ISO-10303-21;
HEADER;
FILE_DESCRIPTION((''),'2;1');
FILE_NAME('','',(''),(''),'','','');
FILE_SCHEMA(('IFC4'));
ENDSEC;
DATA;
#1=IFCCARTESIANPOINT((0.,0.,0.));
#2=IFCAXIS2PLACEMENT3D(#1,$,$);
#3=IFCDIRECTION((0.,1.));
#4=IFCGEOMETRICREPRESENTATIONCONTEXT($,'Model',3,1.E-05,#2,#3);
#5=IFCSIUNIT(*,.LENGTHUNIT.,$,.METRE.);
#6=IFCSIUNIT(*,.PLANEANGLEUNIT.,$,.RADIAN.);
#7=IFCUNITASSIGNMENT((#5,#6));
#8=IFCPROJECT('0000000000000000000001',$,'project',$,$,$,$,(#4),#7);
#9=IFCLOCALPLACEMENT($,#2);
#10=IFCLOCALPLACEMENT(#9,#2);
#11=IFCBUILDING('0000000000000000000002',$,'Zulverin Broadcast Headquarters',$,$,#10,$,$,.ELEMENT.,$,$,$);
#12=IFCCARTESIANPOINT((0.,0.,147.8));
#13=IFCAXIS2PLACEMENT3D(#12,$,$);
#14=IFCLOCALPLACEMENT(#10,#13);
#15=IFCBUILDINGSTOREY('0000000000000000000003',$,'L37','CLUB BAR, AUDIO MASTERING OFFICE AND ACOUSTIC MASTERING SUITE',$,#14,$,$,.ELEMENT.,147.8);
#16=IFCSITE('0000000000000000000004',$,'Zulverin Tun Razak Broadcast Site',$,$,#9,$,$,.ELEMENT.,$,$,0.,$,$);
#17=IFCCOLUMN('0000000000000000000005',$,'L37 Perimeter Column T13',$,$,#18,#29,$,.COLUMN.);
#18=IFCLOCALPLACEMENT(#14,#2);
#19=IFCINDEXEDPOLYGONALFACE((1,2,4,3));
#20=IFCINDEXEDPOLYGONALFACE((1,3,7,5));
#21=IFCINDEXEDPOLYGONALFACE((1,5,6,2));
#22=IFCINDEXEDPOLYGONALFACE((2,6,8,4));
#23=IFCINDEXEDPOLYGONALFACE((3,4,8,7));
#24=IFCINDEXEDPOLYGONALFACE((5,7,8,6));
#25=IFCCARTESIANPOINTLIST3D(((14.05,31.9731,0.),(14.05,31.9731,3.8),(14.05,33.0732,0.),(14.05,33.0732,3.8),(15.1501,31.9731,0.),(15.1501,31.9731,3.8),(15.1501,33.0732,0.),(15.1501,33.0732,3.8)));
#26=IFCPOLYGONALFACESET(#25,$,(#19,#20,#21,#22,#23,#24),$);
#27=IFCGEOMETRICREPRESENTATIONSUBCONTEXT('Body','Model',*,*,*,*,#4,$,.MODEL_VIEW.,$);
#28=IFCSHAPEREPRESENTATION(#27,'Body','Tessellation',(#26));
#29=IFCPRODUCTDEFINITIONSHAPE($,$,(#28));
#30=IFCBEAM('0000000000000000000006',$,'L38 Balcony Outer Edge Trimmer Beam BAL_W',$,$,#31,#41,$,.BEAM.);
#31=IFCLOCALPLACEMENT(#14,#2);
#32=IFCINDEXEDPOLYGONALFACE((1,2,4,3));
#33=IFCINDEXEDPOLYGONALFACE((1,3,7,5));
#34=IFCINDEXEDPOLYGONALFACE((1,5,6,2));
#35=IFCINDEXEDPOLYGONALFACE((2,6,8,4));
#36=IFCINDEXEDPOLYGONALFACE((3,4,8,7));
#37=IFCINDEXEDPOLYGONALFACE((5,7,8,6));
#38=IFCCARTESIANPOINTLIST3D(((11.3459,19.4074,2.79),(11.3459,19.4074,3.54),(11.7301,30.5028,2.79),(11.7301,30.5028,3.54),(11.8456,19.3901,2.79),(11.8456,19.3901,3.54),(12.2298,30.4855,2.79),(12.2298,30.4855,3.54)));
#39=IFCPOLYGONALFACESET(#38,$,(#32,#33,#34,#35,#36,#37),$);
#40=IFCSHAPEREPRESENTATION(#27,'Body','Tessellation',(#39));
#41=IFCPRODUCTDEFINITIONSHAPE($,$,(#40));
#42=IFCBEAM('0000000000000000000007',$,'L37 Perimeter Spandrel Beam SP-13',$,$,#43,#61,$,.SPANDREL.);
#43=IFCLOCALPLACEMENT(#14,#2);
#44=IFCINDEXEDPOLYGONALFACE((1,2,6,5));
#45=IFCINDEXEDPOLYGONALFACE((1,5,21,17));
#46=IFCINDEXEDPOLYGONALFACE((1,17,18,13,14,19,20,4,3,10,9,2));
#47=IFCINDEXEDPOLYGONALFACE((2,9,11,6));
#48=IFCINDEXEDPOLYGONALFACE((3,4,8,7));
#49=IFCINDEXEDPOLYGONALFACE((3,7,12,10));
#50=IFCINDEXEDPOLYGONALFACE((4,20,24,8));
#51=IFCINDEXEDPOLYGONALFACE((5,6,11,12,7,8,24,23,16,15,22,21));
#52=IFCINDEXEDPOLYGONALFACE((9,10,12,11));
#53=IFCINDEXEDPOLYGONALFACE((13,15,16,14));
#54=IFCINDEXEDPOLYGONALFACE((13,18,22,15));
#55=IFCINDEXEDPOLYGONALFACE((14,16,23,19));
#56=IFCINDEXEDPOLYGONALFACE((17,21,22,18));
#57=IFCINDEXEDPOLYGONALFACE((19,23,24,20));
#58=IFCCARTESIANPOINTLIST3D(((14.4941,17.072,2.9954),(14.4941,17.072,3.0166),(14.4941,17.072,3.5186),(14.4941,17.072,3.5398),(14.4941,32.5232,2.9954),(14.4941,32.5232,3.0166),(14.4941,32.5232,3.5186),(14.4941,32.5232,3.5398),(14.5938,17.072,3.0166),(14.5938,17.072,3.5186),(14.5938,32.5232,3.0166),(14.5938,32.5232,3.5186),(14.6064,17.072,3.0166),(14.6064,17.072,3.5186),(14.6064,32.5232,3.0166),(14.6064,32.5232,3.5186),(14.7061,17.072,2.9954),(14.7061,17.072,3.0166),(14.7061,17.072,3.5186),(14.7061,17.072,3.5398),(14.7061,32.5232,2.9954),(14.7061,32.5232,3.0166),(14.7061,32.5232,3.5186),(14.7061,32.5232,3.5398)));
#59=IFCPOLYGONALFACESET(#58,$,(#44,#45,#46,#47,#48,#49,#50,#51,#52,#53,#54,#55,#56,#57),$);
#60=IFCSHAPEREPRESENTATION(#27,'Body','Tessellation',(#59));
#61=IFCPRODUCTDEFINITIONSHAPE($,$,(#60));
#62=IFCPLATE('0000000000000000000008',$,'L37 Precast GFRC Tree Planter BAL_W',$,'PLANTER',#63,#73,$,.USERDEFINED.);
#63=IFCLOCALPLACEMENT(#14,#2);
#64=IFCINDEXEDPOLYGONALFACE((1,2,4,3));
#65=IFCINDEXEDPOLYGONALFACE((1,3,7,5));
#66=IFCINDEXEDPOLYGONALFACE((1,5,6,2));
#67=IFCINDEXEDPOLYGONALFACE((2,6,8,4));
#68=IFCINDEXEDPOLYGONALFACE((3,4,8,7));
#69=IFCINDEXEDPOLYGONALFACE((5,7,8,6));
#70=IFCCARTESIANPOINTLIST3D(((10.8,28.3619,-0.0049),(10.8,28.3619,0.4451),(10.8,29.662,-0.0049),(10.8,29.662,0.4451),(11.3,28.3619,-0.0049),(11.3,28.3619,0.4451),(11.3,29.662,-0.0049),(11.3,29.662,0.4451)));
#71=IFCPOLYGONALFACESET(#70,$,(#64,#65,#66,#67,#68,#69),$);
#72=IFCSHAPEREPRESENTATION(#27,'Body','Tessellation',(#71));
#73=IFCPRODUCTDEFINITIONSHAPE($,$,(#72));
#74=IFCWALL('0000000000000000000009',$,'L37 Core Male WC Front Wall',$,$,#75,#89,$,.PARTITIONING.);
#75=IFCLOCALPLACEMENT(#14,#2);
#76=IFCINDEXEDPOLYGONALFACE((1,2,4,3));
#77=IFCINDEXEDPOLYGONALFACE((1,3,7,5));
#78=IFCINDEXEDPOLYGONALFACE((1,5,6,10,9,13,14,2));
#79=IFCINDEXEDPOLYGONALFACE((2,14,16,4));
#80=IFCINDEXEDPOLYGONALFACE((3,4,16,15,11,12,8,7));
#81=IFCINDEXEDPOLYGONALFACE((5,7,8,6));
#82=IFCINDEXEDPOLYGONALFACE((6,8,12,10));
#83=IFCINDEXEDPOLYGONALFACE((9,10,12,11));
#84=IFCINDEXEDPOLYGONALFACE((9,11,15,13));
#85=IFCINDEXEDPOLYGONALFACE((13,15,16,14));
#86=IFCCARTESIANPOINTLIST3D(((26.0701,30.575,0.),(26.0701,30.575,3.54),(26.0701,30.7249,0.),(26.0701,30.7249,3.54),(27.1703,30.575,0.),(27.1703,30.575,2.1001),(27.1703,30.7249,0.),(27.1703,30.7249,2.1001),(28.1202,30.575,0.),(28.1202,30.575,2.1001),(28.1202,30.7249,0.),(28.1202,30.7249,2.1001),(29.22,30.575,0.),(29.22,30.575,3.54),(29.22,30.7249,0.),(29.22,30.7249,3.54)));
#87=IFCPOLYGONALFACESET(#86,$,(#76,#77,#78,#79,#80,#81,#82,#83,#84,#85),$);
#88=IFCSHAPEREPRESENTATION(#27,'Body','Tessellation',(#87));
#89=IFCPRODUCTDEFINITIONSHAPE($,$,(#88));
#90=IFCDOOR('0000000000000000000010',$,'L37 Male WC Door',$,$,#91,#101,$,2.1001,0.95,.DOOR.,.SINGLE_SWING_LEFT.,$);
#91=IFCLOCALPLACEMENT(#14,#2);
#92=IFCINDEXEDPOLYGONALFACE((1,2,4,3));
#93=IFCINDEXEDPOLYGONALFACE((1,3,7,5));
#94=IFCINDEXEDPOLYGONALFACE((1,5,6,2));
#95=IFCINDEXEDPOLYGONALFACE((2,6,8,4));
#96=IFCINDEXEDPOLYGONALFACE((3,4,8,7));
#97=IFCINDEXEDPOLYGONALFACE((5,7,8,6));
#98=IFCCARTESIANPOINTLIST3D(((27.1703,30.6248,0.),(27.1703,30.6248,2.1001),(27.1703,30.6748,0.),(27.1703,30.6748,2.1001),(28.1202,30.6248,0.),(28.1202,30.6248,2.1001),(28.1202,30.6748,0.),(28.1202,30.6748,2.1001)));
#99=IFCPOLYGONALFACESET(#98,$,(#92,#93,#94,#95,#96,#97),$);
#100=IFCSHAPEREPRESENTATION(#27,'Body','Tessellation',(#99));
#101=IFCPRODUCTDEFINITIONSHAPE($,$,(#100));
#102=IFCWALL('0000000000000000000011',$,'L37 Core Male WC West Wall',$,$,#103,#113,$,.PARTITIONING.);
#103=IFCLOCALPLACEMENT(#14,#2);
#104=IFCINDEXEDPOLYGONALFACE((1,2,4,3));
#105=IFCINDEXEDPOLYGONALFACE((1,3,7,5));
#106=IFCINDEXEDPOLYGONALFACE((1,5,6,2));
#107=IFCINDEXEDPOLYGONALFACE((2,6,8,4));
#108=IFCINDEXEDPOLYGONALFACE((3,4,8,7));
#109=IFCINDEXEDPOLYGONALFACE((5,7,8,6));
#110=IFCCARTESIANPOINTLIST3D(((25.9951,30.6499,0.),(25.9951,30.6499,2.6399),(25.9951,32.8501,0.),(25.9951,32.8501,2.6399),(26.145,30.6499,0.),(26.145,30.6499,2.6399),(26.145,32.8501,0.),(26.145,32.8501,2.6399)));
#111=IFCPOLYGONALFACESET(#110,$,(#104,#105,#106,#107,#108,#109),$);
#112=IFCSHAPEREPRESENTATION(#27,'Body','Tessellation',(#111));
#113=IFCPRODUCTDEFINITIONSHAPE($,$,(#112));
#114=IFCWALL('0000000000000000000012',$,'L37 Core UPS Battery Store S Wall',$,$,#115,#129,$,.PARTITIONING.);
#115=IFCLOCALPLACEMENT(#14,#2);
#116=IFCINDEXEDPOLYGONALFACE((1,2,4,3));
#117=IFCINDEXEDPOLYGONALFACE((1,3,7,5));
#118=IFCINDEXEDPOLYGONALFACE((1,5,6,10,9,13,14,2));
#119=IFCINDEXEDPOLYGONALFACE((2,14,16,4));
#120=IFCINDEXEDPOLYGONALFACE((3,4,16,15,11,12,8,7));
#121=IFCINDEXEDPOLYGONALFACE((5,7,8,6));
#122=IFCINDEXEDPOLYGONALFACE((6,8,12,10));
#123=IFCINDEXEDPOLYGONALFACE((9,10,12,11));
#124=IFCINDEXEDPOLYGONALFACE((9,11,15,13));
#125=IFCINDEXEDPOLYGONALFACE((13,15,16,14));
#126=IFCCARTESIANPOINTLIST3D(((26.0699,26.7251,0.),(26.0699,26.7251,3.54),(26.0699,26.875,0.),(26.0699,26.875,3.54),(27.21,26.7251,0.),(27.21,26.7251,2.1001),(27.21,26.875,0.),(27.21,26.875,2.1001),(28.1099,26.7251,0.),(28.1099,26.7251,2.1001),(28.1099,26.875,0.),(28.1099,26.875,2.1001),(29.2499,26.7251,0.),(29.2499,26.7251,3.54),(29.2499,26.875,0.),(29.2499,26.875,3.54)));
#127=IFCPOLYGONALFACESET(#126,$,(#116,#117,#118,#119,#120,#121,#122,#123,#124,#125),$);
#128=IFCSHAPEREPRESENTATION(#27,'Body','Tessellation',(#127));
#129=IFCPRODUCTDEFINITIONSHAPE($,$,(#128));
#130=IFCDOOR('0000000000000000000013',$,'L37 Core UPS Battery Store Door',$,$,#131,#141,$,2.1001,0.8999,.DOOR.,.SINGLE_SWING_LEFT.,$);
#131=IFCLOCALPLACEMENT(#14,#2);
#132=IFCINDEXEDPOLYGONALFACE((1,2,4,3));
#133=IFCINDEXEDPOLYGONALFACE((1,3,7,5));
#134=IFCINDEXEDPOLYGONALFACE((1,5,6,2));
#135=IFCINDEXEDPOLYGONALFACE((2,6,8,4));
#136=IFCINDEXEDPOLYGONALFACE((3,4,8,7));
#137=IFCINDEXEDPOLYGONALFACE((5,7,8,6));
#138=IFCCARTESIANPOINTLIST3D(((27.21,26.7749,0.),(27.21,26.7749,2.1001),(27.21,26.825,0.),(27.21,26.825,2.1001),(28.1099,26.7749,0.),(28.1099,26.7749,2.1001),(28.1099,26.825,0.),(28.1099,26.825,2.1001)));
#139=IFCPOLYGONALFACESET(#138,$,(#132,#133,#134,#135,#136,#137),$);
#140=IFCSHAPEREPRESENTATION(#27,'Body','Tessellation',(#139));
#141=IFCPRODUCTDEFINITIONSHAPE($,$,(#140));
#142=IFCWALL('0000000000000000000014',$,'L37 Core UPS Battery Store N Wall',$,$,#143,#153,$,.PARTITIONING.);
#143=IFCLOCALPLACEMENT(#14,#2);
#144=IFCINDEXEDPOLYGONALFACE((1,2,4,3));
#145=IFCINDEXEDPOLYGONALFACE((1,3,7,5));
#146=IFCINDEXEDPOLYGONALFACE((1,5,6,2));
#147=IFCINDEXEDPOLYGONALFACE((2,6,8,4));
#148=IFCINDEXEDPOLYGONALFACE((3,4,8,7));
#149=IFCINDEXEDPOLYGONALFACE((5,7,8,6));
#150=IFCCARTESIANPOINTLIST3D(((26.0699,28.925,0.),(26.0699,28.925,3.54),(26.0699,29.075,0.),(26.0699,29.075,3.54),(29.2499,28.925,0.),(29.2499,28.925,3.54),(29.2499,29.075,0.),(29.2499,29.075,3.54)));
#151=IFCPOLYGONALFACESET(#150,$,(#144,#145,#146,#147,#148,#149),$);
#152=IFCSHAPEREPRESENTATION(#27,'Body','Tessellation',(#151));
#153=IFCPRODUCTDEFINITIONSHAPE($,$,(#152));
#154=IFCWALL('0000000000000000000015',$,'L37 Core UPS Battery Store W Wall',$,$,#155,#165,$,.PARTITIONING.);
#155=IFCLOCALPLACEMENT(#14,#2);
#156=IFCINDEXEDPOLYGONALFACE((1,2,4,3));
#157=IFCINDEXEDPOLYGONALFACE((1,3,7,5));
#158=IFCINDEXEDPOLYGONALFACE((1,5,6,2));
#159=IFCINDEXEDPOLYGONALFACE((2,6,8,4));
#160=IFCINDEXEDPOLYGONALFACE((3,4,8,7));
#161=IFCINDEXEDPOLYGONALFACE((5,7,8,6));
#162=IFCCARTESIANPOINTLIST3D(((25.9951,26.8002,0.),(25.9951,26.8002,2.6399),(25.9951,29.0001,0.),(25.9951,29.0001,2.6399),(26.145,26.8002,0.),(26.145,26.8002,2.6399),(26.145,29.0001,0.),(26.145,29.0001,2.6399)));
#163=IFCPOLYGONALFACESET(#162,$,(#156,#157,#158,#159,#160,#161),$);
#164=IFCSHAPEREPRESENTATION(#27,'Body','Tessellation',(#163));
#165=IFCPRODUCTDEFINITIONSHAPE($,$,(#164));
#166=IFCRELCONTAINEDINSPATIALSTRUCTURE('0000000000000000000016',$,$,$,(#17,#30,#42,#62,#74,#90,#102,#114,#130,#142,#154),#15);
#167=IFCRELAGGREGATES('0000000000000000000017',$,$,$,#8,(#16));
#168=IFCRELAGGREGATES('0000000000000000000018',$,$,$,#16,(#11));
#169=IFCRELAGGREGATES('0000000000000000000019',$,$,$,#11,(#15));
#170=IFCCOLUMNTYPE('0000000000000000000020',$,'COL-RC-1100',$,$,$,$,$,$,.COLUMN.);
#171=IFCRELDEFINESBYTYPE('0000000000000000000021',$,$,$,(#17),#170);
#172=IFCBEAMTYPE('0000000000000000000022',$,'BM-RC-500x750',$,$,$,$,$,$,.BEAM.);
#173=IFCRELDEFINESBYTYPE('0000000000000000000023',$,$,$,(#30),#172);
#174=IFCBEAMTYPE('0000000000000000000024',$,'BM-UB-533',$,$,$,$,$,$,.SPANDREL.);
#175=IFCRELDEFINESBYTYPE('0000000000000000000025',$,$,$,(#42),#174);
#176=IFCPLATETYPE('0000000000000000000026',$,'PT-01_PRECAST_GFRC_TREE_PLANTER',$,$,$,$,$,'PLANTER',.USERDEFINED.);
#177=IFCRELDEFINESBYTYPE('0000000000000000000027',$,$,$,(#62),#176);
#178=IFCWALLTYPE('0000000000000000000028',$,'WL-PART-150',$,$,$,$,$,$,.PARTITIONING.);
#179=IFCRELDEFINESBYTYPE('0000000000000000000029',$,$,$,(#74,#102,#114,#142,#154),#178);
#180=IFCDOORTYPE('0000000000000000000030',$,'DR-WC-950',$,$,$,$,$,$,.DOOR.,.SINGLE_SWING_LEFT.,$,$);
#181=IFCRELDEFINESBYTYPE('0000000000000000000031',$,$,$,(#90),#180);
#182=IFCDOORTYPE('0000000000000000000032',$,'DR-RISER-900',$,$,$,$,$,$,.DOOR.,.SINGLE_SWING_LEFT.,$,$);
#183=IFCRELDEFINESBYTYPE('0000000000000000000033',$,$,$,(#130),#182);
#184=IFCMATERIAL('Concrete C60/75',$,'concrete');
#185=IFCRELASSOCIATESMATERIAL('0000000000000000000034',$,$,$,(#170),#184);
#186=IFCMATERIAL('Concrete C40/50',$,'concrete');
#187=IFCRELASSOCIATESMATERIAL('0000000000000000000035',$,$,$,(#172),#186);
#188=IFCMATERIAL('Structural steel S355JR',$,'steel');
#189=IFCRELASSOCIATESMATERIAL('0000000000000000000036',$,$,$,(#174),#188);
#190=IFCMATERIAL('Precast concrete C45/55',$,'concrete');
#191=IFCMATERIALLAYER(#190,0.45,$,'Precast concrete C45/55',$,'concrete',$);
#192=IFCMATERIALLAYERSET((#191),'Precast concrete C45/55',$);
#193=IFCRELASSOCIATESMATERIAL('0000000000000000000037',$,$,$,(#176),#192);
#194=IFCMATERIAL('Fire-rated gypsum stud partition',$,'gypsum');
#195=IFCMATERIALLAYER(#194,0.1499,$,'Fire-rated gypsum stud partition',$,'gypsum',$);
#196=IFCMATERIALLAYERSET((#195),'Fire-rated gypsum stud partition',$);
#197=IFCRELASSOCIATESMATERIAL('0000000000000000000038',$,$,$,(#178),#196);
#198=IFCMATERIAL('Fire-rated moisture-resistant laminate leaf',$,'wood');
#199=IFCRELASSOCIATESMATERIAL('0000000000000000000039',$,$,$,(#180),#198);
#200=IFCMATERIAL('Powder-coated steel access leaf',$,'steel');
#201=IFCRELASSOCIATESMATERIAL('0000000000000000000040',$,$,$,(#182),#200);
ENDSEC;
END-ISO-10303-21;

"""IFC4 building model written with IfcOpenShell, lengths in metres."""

from ifc_helpers import new_model, si_unit, direction, frame, frame_2d, origin, origin_2d, place, context, subcontext, project, spatial, rectangle, i_section, extrude, material, layer, layer_set, material_profile, profile_set, type_object, element, fill, save


model = new_model("IFC4")

# Units and contexts
model_context = context("Model", 3, precision=1e-05, world=origin(), true_north=direction((0.0, 1.0)))
body_context = subcontext(model_context, "Body", "Model", "MODEL_VIEW")
ifc_project = project(units=[si_unit("LENGTHUNIT", "METRE"), si_unit("PLANEANGLEUNIT", "RADIAN")], contexts=[model_context])

# Site, building, storey
site_placement = place(None, origin())
site = spatial("IfcSite", under=ifc_project, at=site_placement, Name="Zulverin Tun Razak Broadcast Site", CompositionType="ELEMENT", RefElevation=0.0)
building_placement = place(site_placement, origin())
building = spatial("IfcBuilding", under=site, at=building_placement, Name="Zulverin Broadcast Headquarters", CompositionType="ELEMENT")
storey_placement = place(building_placement, frame((0.0, 0.0, 147.8)))
storey = spatial("IfcBuildingStorey", under=building, at=storey_placement, Name="L37", Description="CLUB BAR, AUDIO MASTERING OFFICE AND ACOUSTIC MASTERING SUITE", CompositionType="ELEMENT", Elevation=147.8)

# Column
ifc_material_1 = material(Name="Concrete C60/75", Category="concrete")
ifc_material_profile_1 = material_profile(ifc_material_1, rectangle(XDim=1.1001, YDim=1.1001, at=origin_2d()), Name="Concrete C60/75", Category="concrete")
ifc_profile_set_1 = profile_set([ifc_material_profile_1], Name="Concrete C60/75")
column_type = type_object("IfcColumnType", Name="COL-RC-1100", PredefinedType="COLUMN", material=ifc_profile_set_1)
column_placement = place(storey_placement, frame((14.6001, 32.5232, 0.0), z_axis=(0.0, 0.0, 1.0), x_axis=(1.0, 0.0, 0.0)))
element("IfcColumn", 1, at=column_placement, inside=storey, type_object=column_type, Name="L37 Perimeter Column T13", PredefinedType="COLUMN", context=body_context, shape_type="SweptSolid", body=[
    extrude(rectangle(XDim=1.1001, YDim=1.1001, at=origin_2d()), origin(), (0.0, 0.0, 1.0), 3.8),
])

# Beams
ifc_material_2 = material(Name="Concrete C40/50", Category="concrete")
ifc_material_profile_2 = material_profile(ifc_material_2, rectangle(XDim=0.5, YDim=0.75, at=origin_2d()), Name="Concrete C40/50", Category="concrete")
ifc_profile_set_2 = profile_set([ifc_material_profile_2], Name="Concrete C40/50")
beam_type_1 = type_object("IfcBeamType", Name="BM-RC-500x750", PredefinedType="BEAM", material=ifc_profile_set_2)
beam_1_placement = place(storey_placement, frame((11.98, 30.4941, 3.165), z_axis=(-0.034613, -0.999401, 0.0), x_axis=(0.999401, -0.034613, 0.0)))
element("IfcBeam", 2, at=beam_1_placement, inside=storey, type_object=beam_type_1, Name="L38 Balcony Outer Edge Trimmer Beam BAL_W", PredefinedType="BEAM", context=body_context, shape_type="SweptSolid", body=[
    extrude(rectangle(XDim=0.5, YDim=0.75, at=origin_2d()), origin(), (0.0, 0.0, 1.0), 11.1021),
])
ifc_material_3 = material(Name="Structural steel S355JR", Category="steel")
ifc_material_profile_3 = material_profile(ifc_material_3, i_section(OverallWidth=0.2119, OverallDepth=0.5444, WebThickness=0.0127, FlangeThickness=0.0212, at=origin_2d()), Name="Structural steel S355JR", Category="steel")
ifc_profile_set_3 = profile_set([ifc_material_profile_3], Name="Structural steel S355JR")
beam_type_2 = type_object("IfcBeamType", Name="BM-UB-533", PredefinedType="SPANDREL", material=ifc_profile_set_3)
beam_2_placement = place(storey_placement, frame((14.6001, 32.5232, 3.2676), z_axis=(0.0, -1.0, 0.0), x_axis=(1.0, 0.0, 0.0)))
element("IfcBeam", 3, at=beam_2_placement, inside=storey, type_object=beam_type_2, Name="L37 Perimeter Spandrel Beam SP-13", PredefinedType="SPANDREL", context=body_context, shape_type="SweptSolid", body=[
    extrude(i_section(OverallWidth=0.2119, OverallDepth=0.5444, WebThickness=0.0127, FlangeThickness=0.0212, at=origin_2d()), origin(), (0.0, 0.0, 1.0), 15.4512),
])

# Plate
ifc_material_4 = material(Name="Precast concrete C45/55", Category="concrete")
ifc_layer_1 = layer(ifc_material_4, 0.45, Name="Precast concrete C45/55", Category="concrete")
ifc_layer_set_1 = layer_set([ifc_layer_1], Name="Precast concrete C45/55")
plate_type = type_object("IfcPlateType", Name="PT-01_PRECAST_GFRC_TREE_PLANTER", ElementType="PLANTER", PredefinedType="USERDEFINED", material=ifc_layer_set_1)
plate_placement = place(storey_placement, frame((11.05, 29.012, -0.0049), z_axis=(0.0, 0.0, 1.0), x_axis=(0.0, 1.0, 0.0)))
element("IfcPlate", 4, at=plate_placement, inside=storey, type_object=plate_type, Name="L37 Precast GFRC Tree Planter BAL_W", ObjectType="PLANTER", PredefinedType="USERDEFINED", context=body_context, shape_type="SweptSolid", body=[
    extrude(rectangle(XDim=1.3, YDim=0.5, at=origin_2d()), origin(), (0.0, 0.0, 1.0), 0.45),
])

# Wall, opening, door
ifc_material_5 = material(Name="Fire-rated gypsum stud partition", Category="gypsum")
ifc_layer_2 = layer(ifc_material_5, 0.1499, Name="Fire-rated gypsum stud partition", Category="gypsum")
ifc_layer_set_2 = layer_set([ifc_layer_2], Name="Fire-rated gypsum stud partition")
wall_type = type_object("IfcWallType", Name="WL-PART-150", PredefinedType="PARTITIONING", material=ifc_layer_set_2)
wall_1_placement = place(storey_placement, frame((26.0701, 30.6499, 0.0), z_axis=(0.0, 0.0, 1.0), x_axis=(1.0, 0.0, 0.0)))
wall_1 = element("IfcWall", 5, at=wall_1_placement, inside=storey, type_object=wall_type, Name="L37 Core Male WC Front Wall", PredefinedType="PARTITIONING", context=body_context, shape_type="SweptSolid", body=[
    extrude(rectangle(XDim=3.1499, YDim=0.1499, at=frame_2d((1.575, 0.0))), origin(), (0.0, 0.0, 1.0), 3.54),
])
opening_1_placement = place(wall_1_placement, frame((1.1001, 0.0, 0.0)))
opening_1 = element("IfcOpeningElement", 6, at=opening_1_placement, cuts=wall_1, PredefinedType="OPENING", context=body_context, shape_type="SweptSolid", body=[
    extrude(rectangle(XDim=0.95, YDim=2.1001, at=frame_2d((0.4751, 1.05))), frame((0.0, 0.085, 0.0), z_axis=(0.0, -1.0, 0.0), x_axis=(1.0, 0.0, 0.0)), (0.0, 0.0, 1.0), 0.1699),
])
ifc_material_6 = material(Name="Fire-rated moisture-resistant laminate leaf", Category="wood")
door_type_1 = type_object("IfcDoorType", Name="DR-WC-950", OperationType="SINGLE_SWING_LEFT", PredefinedType="DOOR", material=ifc_material_6)
door_1_placement = place(opening_1_placement, origin())
door_1 = element("IfcDoor", 7, at=door_1_placement, inside=storey, type_object=door_type_1, Name="L37 Male WC Door", OperationType="SINGLE_SWING_LEFT", OverallHeight=2.1001, OverallWidth=0.95, PredefinedType="DOOR", context=body_context, shape_type="SweptSolid", body=[
    extrude(rectangle(XDim=0.95, YDim=2.1001, at=frame_2d((0.4751, 1.05))), frame((0.0, 0.0249, 0.0), z_axis=(0.0, -1.0, 0.0), x_axis=(1.0, 0.0, 0.0)), (0.0, 0.0, 1.0), 0.05),
])
fill(opening_1, door_1)

# Wall
wall_2_placement = place(storey_placement, frame((26.0701, 30.6499, 0.0), z_axis=(0.0, 0.0, 1.0), x_axis=(0.0, 1.0, 0.0)))
element("IfcWall", 8, at=wall_2_placement, inside=storey, type_object=wall_type, Name="L37 Core Male WC West Wall", PredefinedType="PARTITIONING", context=body_context, shape_type="SweptSolid", body=[
    extrude(rectangle(XDim=2.2002, YDim=0.1499, at=frame_2d((1.1001, 0.0))), origin(), (0.0, 0.0, 1.0), 2.6399),
])

# Wall, opening, door
wall_3_placement = place(storey_placement, frame((26.0701, 26.8, 0.0), z_axis=(0.0, 0.0, 1.0), x_axis=(1.0, 0.0, 0.0)))
wall_3 = element("IfcWall", 9, at=wall_3_placement, inside=storey, type_object=wall_type, Name="L37 Core UPS Battery Store S Wall", PredefinedType="PARTITIONING", context=body_context, shape_type="SweptSolid", body=[
    extrude(rectangle(XDim=3.1799, YDim=0.1499, at=frame_2d((1.5898, 0.0))), origin(), (0.0, 0.0, 1.0), 3.54),
])
opening_2_placement = place(wall_3_placement, frame((1.1399, 0.0, 0.0)))
opening_2 = element("IfcOpeningElement", 10, at=opening_2_placement, cuts=wall_3, PredefinedType="OPENING", context=body_context, shape_type="SweptSolid", body=[
    extrude(rectangle(XDim=0.8999, YDim=2.1001, at=frame_2d((0.45, 1.05))), frame((0.0, 0.085, 0.0), z_axis=(0.0, -1.0, 0.0), x_axis=(1.0, 0.0, 0.0)), (0.0, 0.0, 1.0), 0.1699),
])
ifc_material_7 = material(Name="Powder-coated steel access leaf", Category="steel")
door_type_2 = type_object("IfcDoorType", Name="DR-RISER-900", OperationType="SINGLE_SWING_LEFT", PredefinedType="DOOR", material=ifc_material_7)
door_2_placement = place(opening_2_placement, origin())
door_2 = element("IfcDoor", 11, at=door_2_placement, inside=storey, type_object=door_type_2, Name="L37 Core UPS Battery Store Door", OperationType="SINGLE_SWING_LEFT", OverallHeight=2.1001, OverallWidth=0.8999, PredefinedType="DOOR", context=body_context, shape_type="SweptSolid", body=[
    extrude(rectangle(XDim=0.8999, YDim=2.1001, at=frame_2d((0.45, 1.05))), frame((0.0, 0.0249, 0.0), z_axis=(0.0, -1.0, 0.0), x_axis=(1.0, 0.0, 0.0)), (0.0, 0.0, 1.0), 0.05),
])
fill(opening_2, door_2)

# Walls
wall_4_placement = place(storey_placement, frame((26.0701, 29.0, 0.0), z_axis=(0.0, 0.0, 1.0), x_axis=(1.0, 0.0, 0.0)))
element("IfcWall", 12, at=wall_4_placement, inside=storey, type_object=wall_type, Name="L37 Core UPS Battery Store N Wall", PredefinedType="PARTITIONING", context=body_context, shape_type="SweptSolid", body=[
    extrude(rectangle(XDim=3.1799, YDim=0.1499, at=frame_2d((1.5898, 0.0))), origin(), (0.0, 0.0, 1.0), 3.54),
])
wall_5_placement = place(storey_placement, frame((26.0701, 26.8, 0.0), z_axis=(0.0, 0.0, 1.0), x_axis=(0.0, 1.0, 0.0)))
element("IfcWall", 13, at=wall_5_placement, inside=storey, type_object=wall_type, Name="L37 Core UPS Battery Store W Wall", PredefinedType="PARTITIONING", context=body_context, shape_type="SweptSolid", body=[
    extrude(rectangle(XDim=2.2, YDim=0.1499, at=frame_2d((1.1001, 0.0))), origin(), (0.0, 0.0, 1.0), 2.6399),
])

save(model, "model.ifc")
